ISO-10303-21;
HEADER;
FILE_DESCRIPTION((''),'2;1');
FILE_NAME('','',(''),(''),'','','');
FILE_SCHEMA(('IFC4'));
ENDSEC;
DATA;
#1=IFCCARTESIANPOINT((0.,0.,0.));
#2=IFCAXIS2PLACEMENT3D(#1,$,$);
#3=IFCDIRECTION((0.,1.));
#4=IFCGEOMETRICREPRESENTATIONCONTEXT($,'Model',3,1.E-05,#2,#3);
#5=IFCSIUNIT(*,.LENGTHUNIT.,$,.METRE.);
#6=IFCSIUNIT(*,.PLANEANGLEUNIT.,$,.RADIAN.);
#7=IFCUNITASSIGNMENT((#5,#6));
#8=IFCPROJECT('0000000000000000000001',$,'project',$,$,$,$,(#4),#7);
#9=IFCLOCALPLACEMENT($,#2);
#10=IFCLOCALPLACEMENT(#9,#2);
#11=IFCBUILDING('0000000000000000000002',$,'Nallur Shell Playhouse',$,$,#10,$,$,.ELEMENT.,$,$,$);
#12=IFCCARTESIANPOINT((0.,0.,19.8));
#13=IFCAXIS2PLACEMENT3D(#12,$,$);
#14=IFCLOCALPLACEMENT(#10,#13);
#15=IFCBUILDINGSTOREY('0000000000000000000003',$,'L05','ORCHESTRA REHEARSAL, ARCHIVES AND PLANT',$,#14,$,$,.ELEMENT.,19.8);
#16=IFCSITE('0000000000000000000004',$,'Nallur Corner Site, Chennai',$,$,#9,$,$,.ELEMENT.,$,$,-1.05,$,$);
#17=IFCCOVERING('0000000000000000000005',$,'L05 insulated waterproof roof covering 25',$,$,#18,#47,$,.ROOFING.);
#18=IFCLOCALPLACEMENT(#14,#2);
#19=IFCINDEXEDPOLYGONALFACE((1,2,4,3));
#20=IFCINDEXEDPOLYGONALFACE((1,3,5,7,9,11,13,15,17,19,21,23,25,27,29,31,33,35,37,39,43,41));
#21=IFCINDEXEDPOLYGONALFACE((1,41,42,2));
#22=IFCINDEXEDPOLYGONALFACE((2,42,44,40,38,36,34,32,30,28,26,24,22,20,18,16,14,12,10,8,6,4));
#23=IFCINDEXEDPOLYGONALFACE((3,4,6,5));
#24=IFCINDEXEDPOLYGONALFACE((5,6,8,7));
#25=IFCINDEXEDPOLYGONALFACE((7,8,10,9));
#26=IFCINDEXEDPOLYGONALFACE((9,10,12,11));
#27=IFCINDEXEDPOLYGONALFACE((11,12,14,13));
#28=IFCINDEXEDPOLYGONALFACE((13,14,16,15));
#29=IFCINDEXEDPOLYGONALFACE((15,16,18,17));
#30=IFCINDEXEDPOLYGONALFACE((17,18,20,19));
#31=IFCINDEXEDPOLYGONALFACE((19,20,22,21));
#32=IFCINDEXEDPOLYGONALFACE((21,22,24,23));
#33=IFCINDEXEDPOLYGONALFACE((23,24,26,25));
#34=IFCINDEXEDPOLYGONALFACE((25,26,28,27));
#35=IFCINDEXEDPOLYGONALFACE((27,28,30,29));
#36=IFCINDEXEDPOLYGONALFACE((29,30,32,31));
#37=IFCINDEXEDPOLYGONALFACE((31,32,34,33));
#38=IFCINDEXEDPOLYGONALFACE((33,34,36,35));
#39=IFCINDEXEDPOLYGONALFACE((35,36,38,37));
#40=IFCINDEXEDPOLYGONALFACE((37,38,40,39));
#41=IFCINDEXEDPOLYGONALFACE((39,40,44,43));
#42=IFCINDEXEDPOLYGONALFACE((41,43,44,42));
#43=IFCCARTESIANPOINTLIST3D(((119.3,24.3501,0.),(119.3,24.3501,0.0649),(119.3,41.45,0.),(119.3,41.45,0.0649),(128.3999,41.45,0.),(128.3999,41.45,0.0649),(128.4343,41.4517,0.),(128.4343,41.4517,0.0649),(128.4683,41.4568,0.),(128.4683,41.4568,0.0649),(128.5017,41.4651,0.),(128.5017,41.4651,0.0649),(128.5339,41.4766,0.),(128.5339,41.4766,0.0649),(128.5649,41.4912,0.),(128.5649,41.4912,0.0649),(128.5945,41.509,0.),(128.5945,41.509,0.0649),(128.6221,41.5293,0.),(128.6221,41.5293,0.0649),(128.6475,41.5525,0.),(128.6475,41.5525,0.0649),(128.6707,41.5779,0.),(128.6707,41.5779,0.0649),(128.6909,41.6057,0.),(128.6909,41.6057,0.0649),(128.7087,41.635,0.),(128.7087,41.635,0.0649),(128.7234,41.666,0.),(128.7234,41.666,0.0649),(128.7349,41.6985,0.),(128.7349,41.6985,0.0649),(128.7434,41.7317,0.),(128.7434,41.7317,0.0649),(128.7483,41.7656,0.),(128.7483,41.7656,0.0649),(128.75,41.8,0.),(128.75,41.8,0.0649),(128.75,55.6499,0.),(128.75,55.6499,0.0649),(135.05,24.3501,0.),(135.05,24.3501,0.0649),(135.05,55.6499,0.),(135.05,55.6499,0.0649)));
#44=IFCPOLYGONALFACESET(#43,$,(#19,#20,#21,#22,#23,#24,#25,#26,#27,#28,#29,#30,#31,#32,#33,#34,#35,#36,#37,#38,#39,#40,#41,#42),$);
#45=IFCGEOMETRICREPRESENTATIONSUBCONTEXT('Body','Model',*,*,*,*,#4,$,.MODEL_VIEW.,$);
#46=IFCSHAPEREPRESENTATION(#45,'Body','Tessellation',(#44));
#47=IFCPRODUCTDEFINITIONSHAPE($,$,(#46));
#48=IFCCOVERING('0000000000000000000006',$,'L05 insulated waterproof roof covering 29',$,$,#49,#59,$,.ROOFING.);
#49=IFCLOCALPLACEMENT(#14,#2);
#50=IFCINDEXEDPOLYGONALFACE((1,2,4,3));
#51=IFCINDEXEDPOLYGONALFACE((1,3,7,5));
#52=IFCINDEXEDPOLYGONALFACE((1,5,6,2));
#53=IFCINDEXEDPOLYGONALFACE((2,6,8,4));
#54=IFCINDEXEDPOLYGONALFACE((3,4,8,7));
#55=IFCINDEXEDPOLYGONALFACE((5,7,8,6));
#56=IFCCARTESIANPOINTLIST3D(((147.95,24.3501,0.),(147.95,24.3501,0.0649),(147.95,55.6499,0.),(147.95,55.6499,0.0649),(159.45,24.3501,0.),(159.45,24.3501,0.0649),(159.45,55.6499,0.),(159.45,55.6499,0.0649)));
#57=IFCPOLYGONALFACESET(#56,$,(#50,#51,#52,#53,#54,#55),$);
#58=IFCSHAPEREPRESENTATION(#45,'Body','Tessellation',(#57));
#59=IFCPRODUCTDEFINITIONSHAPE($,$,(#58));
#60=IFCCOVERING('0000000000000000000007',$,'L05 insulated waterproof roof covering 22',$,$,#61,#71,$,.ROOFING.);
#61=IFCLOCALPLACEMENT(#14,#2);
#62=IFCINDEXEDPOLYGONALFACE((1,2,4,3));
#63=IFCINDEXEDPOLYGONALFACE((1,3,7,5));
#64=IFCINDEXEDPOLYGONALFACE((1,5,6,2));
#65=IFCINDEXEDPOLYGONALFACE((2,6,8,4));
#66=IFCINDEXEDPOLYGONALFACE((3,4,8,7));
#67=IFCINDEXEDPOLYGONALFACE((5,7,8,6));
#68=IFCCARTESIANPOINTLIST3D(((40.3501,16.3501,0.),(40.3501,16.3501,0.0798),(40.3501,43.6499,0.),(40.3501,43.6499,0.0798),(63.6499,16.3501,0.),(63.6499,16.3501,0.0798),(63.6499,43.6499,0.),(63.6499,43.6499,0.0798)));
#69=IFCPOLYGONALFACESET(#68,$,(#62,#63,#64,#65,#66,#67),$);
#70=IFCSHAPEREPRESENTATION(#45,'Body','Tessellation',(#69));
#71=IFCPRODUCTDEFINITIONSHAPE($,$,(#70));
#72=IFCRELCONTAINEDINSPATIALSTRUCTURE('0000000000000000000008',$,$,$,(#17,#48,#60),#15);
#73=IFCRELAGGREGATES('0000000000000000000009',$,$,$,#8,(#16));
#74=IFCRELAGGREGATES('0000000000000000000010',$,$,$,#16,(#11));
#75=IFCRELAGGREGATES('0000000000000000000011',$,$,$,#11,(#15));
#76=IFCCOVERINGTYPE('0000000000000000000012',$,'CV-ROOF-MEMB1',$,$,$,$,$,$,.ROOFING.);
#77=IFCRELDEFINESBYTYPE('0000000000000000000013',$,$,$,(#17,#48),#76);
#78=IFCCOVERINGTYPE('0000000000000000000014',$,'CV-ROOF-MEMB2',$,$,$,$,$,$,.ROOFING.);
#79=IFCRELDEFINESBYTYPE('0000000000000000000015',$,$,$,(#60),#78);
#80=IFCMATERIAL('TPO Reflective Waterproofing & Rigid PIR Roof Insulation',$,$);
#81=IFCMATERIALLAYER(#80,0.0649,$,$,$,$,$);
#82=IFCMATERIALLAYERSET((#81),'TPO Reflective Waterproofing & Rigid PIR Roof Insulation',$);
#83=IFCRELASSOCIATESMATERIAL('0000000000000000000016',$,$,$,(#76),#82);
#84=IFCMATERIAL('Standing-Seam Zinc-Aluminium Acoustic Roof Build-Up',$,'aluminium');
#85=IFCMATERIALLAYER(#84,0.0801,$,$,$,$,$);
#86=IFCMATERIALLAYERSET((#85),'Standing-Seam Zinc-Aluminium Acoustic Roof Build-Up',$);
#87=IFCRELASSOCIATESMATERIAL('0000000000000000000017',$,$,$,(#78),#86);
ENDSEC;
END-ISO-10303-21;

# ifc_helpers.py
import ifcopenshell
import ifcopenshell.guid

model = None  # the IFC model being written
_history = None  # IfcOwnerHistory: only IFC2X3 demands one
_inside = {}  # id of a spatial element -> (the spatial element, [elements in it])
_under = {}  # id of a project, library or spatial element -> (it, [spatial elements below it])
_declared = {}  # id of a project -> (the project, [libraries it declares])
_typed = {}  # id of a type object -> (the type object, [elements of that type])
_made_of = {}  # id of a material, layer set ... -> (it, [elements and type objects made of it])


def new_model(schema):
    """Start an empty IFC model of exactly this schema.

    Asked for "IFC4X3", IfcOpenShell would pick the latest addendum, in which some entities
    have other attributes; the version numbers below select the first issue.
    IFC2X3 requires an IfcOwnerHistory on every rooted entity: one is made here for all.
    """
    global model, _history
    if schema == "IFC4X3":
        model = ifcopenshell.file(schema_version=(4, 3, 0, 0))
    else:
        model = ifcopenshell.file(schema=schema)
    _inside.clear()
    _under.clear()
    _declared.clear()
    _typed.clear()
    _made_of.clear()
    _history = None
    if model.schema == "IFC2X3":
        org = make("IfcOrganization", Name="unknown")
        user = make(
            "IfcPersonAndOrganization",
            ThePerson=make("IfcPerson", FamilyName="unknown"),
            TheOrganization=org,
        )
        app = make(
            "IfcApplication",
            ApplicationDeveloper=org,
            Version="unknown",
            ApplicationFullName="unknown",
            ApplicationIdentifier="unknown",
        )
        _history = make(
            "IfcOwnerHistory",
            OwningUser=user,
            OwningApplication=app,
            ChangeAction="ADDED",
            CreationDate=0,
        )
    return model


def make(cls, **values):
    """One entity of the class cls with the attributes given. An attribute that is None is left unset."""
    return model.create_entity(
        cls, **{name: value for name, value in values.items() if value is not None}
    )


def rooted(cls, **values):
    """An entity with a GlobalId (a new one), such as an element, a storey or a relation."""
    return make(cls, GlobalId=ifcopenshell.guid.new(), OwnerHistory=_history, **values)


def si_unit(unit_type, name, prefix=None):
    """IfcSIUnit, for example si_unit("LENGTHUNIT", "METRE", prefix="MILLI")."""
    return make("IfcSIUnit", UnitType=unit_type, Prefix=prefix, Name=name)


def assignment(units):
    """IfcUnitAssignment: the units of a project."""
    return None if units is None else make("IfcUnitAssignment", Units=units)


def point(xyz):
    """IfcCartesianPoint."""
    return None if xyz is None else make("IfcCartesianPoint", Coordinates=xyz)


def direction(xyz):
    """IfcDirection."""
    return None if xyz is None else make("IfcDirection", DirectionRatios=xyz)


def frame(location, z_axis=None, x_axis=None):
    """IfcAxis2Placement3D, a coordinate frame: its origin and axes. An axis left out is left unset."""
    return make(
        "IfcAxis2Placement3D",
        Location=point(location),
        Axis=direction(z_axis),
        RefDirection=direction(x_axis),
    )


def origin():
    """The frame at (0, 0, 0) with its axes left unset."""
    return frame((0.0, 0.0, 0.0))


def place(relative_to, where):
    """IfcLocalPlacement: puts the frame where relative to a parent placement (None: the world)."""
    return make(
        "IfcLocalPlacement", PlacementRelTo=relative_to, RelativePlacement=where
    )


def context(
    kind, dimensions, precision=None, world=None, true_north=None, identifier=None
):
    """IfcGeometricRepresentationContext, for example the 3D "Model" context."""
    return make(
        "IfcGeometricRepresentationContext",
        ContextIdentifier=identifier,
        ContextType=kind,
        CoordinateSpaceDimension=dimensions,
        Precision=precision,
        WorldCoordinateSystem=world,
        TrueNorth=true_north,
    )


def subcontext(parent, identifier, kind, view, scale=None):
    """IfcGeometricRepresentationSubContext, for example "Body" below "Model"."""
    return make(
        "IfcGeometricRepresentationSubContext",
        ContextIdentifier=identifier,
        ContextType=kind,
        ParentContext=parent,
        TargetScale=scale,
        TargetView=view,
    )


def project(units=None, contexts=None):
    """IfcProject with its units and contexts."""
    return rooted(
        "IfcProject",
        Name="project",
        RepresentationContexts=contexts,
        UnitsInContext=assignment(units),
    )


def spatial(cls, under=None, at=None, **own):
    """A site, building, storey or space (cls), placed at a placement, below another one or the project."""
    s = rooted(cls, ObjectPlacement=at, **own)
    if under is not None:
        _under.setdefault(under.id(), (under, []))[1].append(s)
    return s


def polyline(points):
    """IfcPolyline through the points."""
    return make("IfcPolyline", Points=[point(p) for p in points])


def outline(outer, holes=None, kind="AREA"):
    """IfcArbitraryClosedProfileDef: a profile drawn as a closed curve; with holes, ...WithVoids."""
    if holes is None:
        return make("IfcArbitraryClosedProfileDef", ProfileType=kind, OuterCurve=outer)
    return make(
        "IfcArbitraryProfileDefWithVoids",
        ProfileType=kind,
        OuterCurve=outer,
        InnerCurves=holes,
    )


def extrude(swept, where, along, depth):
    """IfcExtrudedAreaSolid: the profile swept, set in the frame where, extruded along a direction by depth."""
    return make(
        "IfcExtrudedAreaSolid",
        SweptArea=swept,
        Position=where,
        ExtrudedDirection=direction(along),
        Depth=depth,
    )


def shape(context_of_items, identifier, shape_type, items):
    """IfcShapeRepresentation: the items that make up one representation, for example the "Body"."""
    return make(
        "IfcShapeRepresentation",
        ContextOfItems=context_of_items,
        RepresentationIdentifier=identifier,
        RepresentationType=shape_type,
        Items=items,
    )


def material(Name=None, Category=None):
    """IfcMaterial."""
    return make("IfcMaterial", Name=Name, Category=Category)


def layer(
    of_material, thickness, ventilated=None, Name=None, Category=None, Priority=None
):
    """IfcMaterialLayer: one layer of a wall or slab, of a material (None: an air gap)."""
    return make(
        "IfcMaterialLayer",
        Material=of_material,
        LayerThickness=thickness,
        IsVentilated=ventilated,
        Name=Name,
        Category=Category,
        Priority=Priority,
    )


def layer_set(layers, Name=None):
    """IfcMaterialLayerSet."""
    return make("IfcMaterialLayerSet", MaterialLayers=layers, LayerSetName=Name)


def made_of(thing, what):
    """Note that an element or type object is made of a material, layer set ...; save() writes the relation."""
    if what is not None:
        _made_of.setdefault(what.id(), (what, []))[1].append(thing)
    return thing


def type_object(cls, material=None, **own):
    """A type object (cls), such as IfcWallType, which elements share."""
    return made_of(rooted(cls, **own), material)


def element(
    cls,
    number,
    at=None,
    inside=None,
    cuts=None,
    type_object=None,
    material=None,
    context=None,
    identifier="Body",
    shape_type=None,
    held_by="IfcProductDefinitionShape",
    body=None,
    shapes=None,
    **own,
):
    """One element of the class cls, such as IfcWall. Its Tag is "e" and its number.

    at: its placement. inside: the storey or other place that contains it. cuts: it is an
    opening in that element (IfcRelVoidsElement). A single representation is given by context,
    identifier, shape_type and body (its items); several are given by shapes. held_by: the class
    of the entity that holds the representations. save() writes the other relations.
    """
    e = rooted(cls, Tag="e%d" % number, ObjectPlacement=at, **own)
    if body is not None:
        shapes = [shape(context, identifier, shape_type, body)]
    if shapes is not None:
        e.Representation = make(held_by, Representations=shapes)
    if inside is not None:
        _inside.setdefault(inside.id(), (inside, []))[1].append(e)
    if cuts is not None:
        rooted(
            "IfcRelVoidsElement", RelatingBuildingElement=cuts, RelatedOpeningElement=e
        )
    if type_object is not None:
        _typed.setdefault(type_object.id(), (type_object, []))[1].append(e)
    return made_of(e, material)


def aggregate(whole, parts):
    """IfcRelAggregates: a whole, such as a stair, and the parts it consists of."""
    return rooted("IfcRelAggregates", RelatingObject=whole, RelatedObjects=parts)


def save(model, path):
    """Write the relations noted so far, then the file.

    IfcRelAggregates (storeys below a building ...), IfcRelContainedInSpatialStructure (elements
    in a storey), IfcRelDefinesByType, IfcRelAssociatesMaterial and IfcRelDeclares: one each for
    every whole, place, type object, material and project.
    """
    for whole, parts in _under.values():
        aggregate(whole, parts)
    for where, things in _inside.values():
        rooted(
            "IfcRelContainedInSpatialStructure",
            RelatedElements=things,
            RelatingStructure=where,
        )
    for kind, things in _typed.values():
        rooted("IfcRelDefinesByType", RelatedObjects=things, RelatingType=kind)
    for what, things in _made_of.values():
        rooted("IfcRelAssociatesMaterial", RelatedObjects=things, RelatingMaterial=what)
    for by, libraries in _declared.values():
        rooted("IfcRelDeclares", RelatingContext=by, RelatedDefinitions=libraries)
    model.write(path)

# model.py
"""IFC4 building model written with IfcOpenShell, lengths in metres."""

from ifc_helpers import new_model, si_unit, direction, frame, origin, place, context, subcontext, project, spatial, polyline, outline, extrude, material, layer, layer_set, type_object, element, save


model = new_model("IFC4")

# Units and contexts
model_context = context("Model", 3, precision=1e-05, world=origin(), true_north=direction((0.0, 1.0)))
body_context = subcontext(model_context, "Body", "Model", "MODEL_VIEW")
ifc_project = project(units=[si_unit("LENGTHUNIT", "METRE"), si_unit("PLANEANGLEUNIT", "RADIAN")], contexts=[model_context])

# Site, building, storey
site_placement = place(None, origin())
site = spatial("IfcSite", under=ifc_project, at=site_placement, Name="Nallur Corner Site, Chennai", CompositionType="ELEMENT", RefElevation=-1.05)
building_placement = place(site_placement, origin())
building = spatial("IfcBuilding", under=site, at=building_placement, Name="Nallur Shell Playhouse", CompositionType="ELEMENT")
storey_placement = place(building_placement, frame((0.0, 0.0, 19.8)))
storey = spatial("IfcBuildingStorey", under=building, at=storey_placement, Name="L05", Description="ORCHESTRA REHEARSAL, ARCHIVES AND PLANT", CompositionType="ELEMENT", Elevation=19.8)

# Coverings
ifc_material_1 = material(Name="TPO Reflective Waterproofing & Rigid PIR Roof Insulation")
ifc_layer_1 = layer(ifc_material_1, 0.0649)
ifc_layer_set_1 = layer_set([ifc_layer_1], Name="TPO Reflective Waterproofing & Rigid PIR Roof Insulation")
covering_type_1 = type_object("IfcCoveringType", Name="CV-ROOF-MEMB1", PredefinedType="ROOFING", material=ifc_layer_set_1)
covering_1_placement = place(storey_placement, origin())
element("IfcCovering", 1, at=covering_1_placement, inside=storey, type_object=covering_type_1, Name="L05 insulated waterproof roof covering 25", PredefinedType="ROOFING", context=body_context, shape_type="SweptSolid", body=[
    extrude(outline(polyline([(119.3, 41.45), (128.3999, 41.45), (128.4343, 41.4517), (128.4683, 41.4568), (128.5017, 41.4651), (128.5339, 41.4766), (128.5649, 41.4912), (128.5945, 41.509), (128.6221, 41.5293), (128.6475, 41.5525), (128.6707, 41.5779), (128.6909, 41.6057), (128.7087, 41.635), (128.7234, 41.666), (128.7349, 41.6985), (128.7434, 41.7317), (128.7483, 41.7656), (128.75, 41.8), (128.75, 55.6499), (135.05, 55.6499), (135.05, 24.3501), (119.3, 24.3501), (119.3, 41.45)])), origin(), (0.0, 0.0, 1.0), 0.0649),
])
covering_2_placement = place(storey_placement, origin())
element("IfcCovering", 2, at=covering_2_placement, inside=storey, type_object=covering_type_1, Name="L05 insulated waterproof roof covering 29", PredefinedType="ROOFING", context=body_context, shape_type="SweptSolid", body=[
    extrude(outline(polyline([(159.45, 24.3501), (147.95, 24.3501), (147.95, 55.6499), (159.45, 55.6499), (159.45, 24.3501)])), origin(), (0.0, 0.0, 1.0), 0.0649),
])
ifc_material_2 = material(Name="Standing-Seam Zinc-Aluminium Acoustic Roof Build-Up", Category="aluminium")
ifc_layer_2 = layer(ifc_material_2, 0.0801)
ifc_layer_set_2 = layer_set([ifc_layer_2], Name="Standing-Seam Zinc-Aluminium Acoustic Roof Build-Up")
covering_type_2 = type_object("IfcCoveringType", Name="CV-ROOF-MEMB2", PredefinedType="ROOFING", material=ifc_layer_set_2)
covering_3_placement = place(storey_placement, origin())
element("IfcCovering", 3, at=covering_3_placement, inside=storey, type_object=covering_type_2, Name="L05 insulated waterproof roof covering 22", PredefinedType="ROOFING", context=body_context, shape_type="SweptSolid", body=[
    extrude(outline(polyline([(63.6499, 43.6499), (63.6499, 16.3501), (40.3501, 16.3501), (40.3501, 43.6499), (63.6499, 43.6499)])), origin(), (0.0, 0.0, 1.0), 0.0798),
])

save(model, "model.ifc")
